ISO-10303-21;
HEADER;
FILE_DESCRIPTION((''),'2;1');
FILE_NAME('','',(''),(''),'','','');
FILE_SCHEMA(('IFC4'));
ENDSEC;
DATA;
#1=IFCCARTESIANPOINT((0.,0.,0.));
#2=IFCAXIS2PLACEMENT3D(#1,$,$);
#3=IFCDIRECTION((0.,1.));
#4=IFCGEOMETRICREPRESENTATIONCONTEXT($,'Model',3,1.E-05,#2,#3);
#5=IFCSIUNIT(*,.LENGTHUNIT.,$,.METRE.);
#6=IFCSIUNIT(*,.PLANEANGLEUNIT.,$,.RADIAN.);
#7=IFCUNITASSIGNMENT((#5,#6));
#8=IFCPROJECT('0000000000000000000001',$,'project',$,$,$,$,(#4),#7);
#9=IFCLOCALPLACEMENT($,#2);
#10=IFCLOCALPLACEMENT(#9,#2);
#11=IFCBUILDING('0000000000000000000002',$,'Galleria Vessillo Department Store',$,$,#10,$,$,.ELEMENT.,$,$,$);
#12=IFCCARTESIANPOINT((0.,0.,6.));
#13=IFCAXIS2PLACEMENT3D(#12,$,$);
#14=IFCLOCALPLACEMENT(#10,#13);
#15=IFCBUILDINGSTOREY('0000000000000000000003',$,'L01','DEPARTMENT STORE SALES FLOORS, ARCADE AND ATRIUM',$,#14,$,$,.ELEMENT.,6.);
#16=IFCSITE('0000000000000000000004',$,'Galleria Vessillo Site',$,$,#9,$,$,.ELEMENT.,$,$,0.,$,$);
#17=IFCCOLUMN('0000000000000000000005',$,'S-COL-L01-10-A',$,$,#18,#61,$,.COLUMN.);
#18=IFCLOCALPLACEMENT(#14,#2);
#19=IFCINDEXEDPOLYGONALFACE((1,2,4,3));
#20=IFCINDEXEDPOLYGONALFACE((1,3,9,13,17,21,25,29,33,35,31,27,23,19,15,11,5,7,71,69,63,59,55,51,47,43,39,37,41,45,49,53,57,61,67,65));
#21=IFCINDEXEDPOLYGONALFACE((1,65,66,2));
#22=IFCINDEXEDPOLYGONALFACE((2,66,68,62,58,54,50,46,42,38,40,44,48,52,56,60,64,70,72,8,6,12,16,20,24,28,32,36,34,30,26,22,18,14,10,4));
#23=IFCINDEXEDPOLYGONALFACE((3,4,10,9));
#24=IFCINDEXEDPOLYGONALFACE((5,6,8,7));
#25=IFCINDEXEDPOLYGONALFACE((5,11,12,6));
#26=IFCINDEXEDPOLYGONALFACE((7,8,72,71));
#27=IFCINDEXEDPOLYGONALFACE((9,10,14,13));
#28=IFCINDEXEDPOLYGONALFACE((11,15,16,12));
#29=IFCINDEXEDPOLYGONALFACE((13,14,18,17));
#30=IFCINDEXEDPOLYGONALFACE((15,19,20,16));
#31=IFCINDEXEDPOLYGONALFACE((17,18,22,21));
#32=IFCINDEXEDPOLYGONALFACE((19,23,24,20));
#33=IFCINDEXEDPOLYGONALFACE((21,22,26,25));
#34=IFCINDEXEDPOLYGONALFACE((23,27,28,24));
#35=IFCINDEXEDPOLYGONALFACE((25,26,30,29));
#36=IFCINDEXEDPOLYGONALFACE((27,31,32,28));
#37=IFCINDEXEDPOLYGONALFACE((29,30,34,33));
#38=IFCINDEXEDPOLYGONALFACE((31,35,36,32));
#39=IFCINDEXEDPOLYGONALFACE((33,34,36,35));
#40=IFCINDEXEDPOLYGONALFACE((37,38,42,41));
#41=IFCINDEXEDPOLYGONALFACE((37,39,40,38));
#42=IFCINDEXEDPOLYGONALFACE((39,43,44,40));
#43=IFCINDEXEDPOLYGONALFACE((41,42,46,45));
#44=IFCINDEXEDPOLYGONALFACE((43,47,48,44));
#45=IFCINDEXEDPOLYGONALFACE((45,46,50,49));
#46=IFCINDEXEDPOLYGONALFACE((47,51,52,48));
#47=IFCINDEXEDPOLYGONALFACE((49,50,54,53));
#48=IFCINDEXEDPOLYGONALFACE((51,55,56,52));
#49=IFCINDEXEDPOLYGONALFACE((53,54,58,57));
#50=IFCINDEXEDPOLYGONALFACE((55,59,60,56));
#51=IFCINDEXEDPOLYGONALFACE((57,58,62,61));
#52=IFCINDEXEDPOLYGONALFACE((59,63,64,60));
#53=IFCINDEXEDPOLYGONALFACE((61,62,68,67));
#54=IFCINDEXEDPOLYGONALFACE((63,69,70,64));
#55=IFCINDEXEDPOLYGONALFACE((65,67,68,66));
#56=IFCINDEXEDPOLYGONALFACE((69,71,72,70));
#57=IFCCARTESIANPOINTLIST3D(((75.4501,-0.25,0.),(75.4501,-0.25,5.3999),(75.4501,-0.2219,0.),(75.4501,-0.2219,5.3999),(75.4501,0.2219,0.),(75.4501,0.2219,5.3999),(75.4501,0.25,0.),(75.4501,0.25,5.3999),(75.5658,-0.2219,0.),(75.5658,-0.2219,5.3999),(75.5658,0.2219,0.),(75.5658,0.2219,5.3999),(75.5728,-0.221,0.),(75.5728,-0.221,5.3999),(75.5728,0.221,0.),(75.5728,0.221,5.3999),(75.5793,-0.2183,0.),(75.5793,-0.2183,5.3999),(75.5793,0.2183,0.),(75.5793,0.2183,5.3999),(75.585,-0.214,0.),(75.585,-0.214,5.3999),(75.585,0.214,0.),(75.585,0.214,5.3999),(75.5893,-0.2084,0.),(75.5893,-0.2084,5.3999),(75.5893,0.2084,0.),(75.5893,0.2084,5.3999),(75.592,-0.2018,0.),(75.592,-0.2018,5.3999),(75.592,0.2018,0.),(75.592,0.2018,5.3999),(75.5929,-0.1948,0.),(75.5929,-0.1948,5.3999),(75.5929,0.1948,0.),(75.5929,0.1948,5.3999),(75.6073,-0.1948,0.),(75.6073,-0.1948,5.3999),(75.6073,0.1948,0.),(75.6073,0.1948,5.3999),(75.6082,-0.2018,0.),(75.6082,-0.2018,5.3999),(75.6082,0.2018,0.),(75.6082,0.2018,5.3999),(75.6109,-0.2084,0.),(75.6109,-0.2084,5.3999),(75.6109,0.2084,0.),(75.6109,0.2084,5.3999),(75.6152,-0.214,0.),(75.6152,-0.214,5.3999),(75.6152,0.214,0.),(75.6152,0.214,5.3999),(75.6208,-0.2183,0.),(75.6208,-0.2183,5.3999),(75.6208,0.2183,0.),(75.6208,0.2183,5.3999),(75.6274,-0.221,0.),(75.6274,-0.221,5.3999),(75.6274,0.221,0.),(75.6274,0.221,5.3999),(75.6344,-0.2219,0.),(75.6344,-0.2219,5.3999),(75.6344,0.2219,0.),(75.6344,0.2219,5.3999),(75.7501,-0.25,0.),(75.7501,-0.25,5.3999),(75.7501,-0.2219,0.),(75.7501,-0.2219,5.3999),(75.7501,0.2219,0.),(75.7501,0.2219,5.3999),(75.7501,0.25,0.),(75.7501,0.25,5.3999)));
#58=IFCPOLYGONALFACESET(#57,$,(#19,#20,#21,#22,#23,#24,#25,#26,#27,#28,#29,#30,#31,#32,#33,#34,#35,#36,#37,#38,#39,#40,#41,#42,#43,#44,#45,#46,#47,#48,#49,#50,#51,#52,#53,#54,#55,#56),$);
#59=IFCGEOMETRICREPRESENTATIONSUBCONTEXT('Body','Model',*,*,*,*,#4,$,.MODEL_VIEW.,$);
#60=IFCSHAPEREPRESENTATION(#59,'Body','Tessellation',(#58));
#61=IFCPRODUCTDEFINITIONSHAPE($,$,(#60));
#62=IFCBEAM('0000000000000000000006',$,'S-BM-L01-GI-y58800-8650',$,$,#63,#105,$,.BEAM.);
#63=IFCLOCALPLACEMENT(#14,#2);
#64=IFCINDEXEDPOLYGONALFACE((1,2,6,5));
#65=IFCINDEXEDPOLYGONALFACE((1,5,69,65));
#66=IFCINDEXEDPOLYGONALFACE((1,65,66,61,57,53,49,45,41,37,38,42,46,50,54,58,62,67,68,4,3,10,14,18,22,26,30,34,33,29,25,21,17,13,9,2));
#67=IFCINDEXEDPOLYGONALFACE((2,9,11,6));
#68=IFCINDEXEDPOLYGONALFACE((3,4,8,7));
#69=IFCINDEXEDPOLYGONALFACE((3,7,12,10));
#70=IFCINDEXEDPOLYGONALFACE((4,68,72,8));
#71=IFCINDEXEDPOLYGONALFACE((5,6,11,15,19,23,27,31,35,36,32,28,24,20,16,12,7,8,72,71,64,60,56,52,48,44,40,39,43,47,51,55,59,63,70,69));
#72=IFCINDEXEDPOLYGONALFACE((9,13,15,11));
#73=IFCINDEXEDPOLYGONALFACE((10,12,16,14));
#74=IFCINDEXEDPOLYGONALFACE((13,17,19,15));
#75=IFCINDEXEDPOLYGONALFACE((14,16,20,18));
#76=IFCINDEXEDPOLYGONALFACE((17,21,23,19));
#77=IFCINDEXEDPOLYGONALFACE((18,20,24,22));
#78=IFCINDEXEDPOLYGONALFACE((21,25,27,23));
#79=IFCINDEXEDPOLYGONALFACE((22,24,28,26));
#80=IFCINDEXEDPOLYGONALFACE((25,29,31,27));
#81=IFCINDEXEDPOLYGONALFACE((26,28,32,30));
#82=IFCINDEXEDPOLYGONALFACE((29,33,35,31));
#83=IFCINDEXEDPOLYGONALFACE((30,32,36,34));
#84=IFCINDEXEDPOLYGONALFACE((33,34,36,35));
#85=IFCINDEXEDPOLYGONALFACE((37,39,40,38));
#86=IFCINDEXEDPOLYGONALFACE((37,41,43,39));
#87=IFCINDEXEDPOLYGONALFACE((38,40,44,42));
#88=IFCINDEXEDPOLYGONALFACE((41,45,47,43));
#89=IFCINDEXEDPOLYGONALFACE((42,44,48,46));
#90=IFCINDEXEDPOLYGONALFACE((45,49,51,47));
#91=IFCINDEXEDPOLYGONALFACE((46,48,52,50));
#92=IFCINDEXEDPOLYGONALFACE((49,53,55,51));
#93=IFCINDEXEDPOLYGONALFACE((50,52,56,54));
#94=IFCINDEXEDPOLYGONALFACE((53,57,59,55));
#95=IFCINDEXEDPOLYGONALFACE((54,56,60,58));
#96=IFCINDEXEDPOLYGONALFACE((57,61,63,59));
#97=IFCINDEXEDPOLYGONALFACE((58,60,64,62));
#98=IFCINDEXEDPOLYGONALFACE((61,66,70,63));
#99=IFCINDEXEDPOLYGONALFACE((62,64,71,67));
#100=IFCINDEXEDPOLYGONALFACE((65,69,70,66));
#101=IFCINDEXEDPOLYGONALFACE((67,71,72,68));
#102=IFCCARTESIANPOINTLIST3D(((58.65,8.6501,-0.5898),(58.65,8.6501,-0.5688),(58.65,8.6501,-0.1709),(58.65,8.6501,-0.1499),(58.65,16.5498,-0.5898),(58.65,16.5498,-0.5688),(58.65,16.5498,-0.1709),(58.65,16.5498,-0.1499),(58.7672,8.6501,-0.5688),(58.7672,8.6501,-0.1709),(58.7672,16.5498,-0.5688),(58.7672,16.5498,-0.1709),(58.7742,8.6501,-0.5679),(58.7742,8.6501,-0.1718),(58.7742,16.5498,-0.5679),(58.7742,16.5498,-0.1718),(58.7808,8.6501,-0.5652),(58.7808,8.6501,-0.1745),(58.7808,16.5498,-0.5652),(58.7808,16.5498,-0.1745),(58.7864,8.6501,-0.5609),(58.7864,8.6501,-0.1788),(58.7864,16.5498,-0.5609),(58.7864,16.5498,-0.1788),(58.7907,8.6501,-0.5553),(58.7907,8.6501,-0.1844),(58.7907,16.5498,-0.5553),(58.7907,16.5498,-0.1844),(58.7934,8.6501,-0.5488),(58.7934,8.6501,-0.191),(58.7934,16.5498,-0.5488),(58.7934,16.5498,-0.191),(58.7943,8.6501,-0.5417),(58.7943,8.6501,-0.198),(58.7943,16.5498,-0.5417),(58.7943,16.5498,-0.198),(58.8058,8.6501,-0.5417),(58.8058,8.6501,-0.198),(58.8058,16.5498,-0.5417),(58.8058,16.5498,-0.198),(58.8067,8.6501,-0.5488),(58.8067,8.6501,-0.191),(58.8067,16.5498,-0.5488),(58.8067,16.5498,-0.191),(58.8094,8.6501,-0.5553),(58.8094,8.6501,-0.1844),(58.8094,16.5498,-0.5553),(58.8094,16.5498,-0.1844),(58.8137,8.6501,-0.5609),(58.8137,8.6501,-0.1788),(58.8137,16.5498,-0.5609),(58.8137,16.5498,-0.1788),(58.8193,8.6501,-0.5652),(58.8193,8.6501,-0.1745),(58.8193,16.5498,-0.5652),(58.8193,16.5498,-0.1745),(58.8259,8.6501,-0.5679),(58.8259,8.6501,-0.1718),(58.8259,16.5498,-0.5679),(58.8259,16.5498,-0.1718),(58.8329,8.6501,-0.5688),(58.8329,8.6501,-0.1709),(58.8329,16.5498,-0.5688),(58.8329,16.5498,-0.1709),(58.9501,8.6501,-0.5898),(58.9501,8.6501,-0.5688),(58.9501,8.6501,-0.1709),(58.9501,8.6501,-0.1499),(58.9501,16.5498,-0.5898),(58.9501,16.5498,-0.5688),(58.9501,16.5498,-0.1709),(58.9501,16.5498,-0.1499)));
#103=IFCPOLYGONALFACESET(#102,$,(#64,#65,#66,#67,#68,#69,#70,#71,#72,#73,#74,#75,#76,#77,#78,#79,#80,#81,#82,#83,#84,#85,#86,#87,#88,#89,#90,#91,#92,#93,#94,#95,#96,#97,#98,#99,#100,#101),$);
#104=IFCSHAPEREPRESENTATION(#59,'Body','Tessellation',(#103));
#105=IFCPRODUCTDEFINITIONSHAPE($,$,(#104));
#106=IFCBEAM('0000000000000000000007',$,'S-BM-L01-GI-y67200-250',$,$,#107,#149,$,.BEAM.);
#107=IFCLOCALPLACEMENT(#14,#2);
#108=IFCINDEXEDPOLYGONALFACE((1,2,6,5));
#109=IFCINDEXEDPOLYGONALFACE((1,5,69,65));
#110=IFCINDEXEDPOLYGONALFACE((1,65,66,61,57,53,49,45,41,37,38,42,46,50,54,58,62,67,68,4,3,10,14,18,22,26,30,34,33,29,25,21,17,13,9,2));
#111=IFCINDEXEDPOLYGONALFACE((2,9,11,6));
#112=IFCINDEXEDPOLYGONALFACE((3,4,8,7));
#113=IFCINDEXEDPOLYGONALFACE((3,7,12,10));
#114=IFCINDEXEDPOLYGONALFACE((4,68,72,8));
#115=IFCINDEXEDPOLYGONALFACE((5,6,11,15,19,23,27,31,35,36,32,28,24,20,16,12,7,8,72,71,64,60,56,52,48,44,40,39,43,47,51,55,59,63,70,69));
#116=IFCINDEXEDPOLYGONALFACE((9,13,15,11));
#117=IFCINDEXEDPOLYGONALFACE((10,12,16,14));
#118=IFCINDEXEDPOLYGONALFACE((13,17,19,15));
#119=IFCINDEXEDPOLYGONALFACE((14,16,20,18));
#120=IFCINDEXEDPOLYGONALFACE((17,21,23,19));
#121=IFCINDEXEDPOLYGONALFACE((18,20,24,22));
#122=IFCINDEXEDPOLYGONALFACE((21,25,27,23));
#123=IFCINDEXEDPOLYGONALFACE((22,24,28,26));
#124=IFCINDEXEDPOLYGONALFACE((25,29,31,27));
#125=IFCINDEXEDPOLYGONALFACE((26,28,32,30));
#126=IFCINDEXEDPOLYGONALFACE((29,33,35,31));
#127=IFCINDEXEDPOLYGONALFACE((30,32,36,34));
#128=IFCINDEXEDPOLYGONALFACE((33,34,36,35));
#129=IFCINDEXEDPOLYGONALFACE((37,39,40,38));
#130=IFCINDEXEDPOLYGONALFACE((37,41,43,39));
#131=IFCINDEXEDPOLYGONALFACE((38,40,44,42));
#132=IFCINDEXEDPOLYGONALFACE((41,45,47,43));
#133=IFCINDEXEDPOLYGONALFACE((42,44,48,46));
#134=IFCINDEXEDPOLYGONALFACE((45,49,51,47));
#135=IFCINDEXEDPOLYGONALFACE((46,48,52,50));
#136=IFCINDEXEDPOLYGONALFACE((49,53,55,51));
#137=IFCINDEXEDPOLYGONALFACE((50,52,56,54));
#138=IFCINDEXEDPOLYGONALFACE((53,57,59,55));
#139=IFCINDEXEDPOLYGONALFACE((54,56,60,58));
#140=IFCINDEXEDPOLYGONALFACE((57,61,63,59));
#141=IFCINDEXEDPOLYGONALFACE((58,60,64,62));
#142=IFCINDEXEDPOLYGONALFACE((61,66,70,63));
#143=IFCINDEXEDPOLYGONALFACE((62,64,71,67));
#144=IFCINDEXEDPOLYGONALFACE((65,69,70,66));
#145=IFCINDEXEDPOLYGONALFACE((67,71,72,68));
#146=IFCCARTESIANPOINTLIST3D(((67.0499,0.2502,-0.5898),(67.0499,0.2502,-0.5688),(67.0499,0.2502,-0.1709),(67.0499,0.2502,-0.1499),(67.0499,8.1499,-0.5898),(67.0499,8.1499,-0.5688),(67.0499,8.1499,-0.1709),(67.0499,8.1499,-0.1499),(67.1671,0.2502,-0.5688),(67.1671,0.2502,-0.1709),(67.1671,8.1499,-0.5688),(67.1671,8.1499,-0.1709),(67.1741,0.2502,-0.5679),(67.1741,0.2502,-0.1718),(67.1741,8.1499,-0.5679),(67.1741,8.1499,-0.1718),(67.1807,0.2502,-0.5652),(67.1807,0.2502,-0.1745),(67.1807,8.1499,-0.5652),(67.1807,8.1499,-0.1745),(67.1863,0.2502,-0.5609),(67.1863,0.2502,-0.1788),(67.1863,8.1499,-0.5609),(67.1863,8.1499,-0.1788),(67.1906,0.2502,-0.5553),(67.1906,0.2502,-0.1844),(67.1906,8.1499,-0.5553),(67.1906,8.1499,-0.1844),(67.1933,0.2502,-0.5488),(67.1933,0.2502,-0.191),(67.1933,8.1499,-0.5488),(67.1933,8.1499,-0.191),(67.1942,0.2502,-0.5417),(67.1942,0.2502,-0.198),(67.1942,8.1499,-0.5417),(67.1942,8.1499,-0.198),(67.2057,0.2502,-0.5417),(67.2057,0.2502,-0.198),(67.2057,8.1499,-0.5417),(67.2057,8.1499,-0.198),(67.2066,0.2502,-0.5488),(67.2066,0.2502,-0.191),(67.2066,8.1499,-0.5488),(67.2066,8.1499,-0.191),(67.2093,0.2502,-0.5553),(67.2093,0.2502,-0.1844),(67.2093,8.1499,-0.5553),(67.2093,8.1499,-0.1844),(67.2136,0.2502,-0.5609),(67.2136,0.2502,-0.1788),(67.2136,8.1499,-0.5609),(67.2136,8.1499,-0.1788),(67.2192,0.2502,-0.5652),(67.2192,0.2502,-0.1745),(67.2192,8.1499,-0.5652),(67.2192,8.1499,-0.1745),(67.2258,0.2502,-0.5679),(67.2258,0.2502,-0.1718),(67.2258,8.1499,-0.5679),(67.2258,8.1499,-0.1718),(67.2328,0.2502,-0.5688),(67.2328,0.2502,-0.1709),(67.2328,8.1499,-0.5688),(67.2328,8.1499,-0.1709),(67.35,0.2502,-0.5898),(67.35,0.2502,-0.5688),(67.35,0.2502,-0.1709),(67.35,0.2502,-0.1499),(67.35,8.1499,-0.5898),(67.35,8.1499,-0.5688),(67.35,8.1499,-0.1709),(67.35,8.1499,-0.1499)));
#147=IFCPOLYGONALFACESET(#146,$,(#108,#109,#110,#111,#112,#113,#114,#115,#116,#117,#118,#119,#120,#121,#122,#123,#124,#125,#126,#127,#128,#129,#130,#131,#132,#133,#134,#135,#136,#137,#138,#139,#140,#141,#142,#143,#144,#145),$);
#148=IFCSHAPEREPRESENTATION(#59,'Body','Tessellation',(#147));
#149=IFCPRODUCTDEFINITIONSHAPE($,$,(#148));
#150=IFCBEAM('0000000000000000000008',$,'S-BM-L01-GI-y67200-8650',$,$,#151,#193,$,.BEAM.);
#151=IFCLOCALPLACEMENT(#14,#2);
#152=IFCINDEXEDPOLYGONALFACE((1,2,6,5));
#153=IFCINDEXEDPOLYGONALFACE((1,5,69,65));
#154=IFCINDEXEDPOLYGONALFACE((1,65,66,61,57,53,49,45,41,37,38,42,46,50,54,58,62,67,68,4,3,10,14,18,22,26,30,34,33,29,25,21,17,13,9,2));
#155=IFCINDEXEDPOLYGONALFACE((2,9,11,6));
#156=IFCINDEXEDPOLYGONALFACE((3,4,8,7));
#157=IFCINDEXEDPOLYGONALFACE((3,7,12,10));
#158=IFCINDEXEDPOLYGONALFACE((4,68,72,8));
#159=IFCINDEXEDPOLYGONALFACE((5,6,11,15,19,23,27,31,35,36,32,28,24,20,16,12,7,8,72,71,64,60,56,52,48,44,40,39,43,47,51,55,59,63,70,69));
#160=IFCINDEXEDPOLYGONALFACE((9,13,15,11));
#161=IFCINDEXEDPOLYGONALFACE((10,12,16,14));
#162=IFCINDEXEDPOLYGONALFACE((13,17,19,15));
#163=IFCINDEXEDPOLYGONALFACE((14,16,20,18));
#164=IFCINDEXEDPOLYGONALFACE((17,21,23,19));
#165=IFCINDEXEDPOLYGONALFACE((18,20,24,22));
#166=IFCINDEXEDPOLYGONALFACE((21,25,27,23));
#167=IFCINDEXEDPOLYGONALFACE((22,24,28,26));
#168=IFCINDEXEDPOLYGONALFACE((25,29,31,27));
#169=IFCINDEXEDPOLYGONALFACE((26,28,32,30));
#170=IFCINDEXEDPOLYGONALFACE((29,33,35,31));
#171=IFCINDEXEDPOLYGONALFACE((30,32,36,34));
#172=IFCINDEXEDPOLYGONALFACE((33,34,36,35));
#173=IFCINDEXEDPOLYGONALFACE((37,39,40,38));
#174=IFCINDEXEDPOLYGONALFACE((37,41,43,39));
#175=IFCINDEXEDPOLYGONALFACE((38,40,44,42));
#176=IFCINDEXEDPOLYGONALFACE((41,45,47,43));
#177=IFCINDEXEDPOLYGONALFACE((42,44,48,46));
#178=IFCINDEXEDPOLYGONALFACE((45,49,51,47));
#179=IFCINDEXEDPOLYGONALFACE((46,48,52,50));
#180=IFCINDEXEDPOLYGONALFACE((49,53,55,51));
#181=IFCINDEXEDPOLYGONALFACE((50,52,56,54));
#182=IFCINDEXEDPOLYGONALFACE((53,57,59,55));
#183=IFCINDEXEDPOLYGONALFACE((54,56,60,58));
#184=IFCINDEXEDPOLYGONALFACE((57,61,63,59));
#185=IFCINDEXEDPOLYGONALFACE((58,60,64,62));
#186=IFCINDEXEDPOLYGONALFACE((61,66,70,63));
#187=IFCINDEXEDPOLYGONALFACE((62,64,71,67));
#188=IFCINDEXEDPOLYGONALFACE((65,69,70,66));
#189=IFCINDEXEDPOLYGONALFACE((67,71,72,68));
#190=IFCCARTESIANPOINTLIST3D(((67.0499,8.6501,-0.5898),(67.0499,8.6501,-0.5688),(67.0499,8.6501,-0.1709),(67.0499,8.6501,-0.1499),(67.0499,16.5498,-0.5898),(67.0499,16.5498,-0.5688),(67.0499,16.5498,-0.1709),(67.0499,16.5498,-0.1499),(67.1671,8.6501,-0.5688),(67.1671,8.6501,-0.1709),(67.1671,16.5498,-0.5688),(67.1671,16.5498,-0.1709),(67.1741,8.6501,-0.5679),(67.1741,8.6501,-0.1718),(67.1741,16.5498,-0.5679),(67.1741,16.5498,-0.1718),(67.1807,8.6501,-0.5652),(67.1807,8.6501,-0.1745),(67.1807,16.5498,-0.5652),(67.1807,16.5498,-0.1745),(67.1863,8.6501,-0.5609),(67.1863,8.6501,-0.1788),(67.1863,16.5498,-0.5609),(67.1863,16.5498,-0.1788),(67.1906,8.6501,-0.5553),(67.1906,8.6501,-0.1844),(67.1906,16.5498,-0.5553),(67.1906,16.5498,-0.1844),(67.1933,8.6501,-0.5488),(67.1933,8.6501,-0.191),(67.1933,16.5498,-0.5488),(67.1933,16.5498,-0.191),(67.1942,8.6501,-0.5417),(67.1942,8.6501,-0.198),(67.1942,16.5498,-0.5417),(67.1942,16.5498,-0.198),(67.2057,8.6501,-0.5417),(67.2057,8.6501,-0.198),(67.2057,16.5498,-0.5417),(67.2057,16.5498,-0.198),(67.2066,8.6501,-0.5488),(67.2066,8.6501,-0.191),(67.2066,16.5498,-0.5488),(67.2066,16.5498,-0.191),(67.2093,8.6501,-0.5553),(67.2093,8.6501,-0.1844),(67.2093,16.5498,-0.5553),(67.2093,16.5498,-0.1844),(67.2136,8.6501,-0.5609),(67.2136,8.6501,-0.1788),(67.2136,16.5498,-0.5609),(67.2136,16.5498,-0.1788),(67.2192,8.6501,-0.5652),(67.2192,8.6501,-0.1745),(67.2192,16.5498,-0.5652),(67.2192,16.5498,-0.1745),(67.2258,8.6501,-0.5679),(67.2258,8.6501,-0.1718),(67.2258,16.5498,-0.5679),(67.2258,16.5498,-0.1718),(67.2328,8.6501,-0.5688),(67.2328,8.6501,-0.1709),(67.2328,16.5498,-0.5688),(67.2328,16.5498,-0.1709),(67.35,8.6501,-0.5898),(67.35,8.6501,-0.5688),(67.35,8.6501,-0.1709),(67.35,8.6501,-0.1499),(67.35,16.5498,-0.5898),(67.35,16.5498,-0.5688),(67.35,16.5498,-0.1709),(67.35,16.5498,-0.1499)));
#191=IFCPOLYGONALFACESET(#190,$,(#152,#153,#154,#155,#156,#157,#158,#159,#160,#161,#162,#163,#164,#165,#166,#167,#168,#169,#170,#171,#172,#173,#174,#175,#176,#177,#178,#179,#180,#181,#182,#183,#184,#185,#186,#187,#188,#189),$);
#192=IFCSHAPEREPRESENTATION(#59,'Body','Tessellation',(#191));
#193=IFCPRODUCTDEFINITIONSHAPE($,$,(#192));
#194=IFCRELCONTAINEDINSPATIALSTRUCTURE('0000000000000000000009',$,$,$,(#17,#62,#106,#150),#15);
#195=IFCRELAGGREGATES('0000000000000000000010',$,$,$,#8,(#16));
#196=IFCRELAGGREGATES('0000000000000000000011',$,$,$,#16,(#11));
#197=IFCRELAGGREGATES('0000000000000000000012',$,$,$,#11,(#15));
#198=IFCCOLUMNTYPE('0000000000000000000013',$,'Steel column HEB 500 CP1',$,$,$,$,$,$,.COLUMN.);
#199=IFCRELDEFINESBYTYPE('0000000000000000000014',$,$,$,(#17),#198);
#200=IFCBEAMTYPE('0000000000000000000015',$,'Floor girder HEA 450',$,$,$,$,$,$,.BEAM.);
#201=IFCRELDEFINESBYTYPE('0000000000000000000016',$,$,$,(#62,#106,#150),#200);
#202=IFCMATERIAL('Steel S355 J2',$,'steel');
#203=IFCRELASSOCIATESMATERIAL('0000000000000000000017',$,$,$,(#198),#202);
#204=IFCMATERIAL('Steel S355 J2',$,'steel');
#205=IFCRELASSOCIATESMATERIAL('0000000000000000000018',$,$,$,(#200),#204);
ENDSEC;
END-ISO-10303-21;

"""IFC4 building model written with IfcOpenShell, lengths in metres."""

from ifc_helpers import new_model, si_unit, direction, frame, origin, origin_2d, place, context, subcontext, project, spatial, i_section, extrude, material, material_profile, profile_set, type_object, element, save


model = new_model("IFC4")

# Units and contexts
model_context = context("Model", 3, precision=1e-05, world=origin(), true_north=direction((0.0, 1.0)))
body_context = subcontext(model_context, "Body", "Model", "MODEL_VIEW")
ifc_project = project(units=[si_unit("LENGTHUNIT", "METRE"), si_unit("PLANEANGLEUNIT", "RADIAN")], contexts=[model_context])

# Site, building, storey
site_placement = place(None, origin())
site = spatial("IfcSite", under=ifc_project, at=site_placement, Name="Galleria Vessillo Site", CompositionType="ELEMENT", RefElevation=0.0)
building_placement = place(site_placement, origin())
building = spatial("IfcBuilding", under=site, at=building_placement, Name="Galleria Vessillo Department Store", CompositionType="ELEMENT")
storey_placement = place(building_placement, frame((0.0, 0.0, 6.0)))
storey = spatial("IfcBuildingStorey", under=building, at=storey_placement, Name="L01", Description="DEPARTMENT STORE SALES FLOORS, ARCADE AND ATRIUM", CompositionType="ELEMENT", Elevation=6.0)

# Column
ifc_material_1 = material(Name="Steel S355 J2", Category="steel")
ifc_material_profile_1 = material_profile(ifc_material_1, i_section(OverallWidth=0.3, OverallDepth=0.5, WebThickness=0.0144, FlangeThickness=0.0281, FilletRadius=0.0271, at=origin_2d()), Name="HEB 500")
ifc_profile_set_1 = profile_set([ifc_material_profile_1], Name="Steel S355 J2")
column_type = type_object("IfcColumnType", Name="Steel column HEB 500 CP1", PredefinedType="COLUMN", material=ifc_profile_set_1)
for number, where, z_axis, x_axis, name in (
    (1, (75.6001, 0.0, 0.0), (0.0, 0.0, 1.0), (1.0, 0.0, 0.0), "S-COL-L01-10-A"),
):
    element("IfcColumn", number, at=place(storey_placement, frame(where, z_axis=z_axis, x_axis=x_axis)), inside=storey, type_object=column_type, Name=name, PredefinedType="COLUMN", context=body_context, shape_type="SweptSolid", body=[
        extrude(i_section(OverallWidth=0.3, OverallDepth=0.5, WebThickness=0.0144, FlangeThickness=0.0281, FilletRadius=0.0271, at=origin_2d()), origin(), (0.0, 0.0, 1.0), 5.3999),
    ])

# Beams
ifc_material_2 = material(Name="Steel S355 J2", Category="steel")
ifc_material_profile_2 = material_profile(ifc_material_2, i_section(OverallWidth=0.3, OverallDepth=0.4399, WebThickness=0.0115, FlangeThickness=0.021, FilletRadius=0.0271, at=origin_2d()), Name="HEA 450")
ifc_profile_set_2 = profile_set([ifc_material_profile_2], Name="Steel S355 J2")
beam_type_1 = type_object("IfcBeamType", Name="Floor girder HEA 450", PredefinedType="BEAM", material=ifc_profile_set_2)
for number, where, z_axis, x_axis, name in (
    (2, (58.8, 8.6501, -0.3699), (0.0, 1.0, 0.0), (-1.0, 0.0, 0.0), "S-BM-L01-GI-y58800-8650"),
    (3, (67.2, 0.2502, -0.3699), (0.0, 1.0, 0.0), (-1.0, 0.0, 0.0), "S-BM-L01-GI-y67200-250"),
    (4, (67.2, 8.6501, -0.3699), (0.0, 1.0, 0.0), (-1.0, 0.0, 0.0), "S-BM-L01-GI-y67200-8650"),
):
    element("IfcBeam", number, at=place(storey_placement, frame(where, z_axis=z_axis, x_axis=x_axis)), inside=storey, type_object=beam_type_1, Name=name, PredefinedType="BEAM", context=body_context, shape_type="SweptSolid", body=[
        extrude(i_section(OverallWidth=0.3, OverallDepth=0.4399, WebThickness=0.0115, FlangeThickness=0.021, FilletRadius=0.0271, at=origin_2d()), origin(), (0.0, 0.0, 1.0), 7.8997),
    ])

save(model, "model.ifc")
